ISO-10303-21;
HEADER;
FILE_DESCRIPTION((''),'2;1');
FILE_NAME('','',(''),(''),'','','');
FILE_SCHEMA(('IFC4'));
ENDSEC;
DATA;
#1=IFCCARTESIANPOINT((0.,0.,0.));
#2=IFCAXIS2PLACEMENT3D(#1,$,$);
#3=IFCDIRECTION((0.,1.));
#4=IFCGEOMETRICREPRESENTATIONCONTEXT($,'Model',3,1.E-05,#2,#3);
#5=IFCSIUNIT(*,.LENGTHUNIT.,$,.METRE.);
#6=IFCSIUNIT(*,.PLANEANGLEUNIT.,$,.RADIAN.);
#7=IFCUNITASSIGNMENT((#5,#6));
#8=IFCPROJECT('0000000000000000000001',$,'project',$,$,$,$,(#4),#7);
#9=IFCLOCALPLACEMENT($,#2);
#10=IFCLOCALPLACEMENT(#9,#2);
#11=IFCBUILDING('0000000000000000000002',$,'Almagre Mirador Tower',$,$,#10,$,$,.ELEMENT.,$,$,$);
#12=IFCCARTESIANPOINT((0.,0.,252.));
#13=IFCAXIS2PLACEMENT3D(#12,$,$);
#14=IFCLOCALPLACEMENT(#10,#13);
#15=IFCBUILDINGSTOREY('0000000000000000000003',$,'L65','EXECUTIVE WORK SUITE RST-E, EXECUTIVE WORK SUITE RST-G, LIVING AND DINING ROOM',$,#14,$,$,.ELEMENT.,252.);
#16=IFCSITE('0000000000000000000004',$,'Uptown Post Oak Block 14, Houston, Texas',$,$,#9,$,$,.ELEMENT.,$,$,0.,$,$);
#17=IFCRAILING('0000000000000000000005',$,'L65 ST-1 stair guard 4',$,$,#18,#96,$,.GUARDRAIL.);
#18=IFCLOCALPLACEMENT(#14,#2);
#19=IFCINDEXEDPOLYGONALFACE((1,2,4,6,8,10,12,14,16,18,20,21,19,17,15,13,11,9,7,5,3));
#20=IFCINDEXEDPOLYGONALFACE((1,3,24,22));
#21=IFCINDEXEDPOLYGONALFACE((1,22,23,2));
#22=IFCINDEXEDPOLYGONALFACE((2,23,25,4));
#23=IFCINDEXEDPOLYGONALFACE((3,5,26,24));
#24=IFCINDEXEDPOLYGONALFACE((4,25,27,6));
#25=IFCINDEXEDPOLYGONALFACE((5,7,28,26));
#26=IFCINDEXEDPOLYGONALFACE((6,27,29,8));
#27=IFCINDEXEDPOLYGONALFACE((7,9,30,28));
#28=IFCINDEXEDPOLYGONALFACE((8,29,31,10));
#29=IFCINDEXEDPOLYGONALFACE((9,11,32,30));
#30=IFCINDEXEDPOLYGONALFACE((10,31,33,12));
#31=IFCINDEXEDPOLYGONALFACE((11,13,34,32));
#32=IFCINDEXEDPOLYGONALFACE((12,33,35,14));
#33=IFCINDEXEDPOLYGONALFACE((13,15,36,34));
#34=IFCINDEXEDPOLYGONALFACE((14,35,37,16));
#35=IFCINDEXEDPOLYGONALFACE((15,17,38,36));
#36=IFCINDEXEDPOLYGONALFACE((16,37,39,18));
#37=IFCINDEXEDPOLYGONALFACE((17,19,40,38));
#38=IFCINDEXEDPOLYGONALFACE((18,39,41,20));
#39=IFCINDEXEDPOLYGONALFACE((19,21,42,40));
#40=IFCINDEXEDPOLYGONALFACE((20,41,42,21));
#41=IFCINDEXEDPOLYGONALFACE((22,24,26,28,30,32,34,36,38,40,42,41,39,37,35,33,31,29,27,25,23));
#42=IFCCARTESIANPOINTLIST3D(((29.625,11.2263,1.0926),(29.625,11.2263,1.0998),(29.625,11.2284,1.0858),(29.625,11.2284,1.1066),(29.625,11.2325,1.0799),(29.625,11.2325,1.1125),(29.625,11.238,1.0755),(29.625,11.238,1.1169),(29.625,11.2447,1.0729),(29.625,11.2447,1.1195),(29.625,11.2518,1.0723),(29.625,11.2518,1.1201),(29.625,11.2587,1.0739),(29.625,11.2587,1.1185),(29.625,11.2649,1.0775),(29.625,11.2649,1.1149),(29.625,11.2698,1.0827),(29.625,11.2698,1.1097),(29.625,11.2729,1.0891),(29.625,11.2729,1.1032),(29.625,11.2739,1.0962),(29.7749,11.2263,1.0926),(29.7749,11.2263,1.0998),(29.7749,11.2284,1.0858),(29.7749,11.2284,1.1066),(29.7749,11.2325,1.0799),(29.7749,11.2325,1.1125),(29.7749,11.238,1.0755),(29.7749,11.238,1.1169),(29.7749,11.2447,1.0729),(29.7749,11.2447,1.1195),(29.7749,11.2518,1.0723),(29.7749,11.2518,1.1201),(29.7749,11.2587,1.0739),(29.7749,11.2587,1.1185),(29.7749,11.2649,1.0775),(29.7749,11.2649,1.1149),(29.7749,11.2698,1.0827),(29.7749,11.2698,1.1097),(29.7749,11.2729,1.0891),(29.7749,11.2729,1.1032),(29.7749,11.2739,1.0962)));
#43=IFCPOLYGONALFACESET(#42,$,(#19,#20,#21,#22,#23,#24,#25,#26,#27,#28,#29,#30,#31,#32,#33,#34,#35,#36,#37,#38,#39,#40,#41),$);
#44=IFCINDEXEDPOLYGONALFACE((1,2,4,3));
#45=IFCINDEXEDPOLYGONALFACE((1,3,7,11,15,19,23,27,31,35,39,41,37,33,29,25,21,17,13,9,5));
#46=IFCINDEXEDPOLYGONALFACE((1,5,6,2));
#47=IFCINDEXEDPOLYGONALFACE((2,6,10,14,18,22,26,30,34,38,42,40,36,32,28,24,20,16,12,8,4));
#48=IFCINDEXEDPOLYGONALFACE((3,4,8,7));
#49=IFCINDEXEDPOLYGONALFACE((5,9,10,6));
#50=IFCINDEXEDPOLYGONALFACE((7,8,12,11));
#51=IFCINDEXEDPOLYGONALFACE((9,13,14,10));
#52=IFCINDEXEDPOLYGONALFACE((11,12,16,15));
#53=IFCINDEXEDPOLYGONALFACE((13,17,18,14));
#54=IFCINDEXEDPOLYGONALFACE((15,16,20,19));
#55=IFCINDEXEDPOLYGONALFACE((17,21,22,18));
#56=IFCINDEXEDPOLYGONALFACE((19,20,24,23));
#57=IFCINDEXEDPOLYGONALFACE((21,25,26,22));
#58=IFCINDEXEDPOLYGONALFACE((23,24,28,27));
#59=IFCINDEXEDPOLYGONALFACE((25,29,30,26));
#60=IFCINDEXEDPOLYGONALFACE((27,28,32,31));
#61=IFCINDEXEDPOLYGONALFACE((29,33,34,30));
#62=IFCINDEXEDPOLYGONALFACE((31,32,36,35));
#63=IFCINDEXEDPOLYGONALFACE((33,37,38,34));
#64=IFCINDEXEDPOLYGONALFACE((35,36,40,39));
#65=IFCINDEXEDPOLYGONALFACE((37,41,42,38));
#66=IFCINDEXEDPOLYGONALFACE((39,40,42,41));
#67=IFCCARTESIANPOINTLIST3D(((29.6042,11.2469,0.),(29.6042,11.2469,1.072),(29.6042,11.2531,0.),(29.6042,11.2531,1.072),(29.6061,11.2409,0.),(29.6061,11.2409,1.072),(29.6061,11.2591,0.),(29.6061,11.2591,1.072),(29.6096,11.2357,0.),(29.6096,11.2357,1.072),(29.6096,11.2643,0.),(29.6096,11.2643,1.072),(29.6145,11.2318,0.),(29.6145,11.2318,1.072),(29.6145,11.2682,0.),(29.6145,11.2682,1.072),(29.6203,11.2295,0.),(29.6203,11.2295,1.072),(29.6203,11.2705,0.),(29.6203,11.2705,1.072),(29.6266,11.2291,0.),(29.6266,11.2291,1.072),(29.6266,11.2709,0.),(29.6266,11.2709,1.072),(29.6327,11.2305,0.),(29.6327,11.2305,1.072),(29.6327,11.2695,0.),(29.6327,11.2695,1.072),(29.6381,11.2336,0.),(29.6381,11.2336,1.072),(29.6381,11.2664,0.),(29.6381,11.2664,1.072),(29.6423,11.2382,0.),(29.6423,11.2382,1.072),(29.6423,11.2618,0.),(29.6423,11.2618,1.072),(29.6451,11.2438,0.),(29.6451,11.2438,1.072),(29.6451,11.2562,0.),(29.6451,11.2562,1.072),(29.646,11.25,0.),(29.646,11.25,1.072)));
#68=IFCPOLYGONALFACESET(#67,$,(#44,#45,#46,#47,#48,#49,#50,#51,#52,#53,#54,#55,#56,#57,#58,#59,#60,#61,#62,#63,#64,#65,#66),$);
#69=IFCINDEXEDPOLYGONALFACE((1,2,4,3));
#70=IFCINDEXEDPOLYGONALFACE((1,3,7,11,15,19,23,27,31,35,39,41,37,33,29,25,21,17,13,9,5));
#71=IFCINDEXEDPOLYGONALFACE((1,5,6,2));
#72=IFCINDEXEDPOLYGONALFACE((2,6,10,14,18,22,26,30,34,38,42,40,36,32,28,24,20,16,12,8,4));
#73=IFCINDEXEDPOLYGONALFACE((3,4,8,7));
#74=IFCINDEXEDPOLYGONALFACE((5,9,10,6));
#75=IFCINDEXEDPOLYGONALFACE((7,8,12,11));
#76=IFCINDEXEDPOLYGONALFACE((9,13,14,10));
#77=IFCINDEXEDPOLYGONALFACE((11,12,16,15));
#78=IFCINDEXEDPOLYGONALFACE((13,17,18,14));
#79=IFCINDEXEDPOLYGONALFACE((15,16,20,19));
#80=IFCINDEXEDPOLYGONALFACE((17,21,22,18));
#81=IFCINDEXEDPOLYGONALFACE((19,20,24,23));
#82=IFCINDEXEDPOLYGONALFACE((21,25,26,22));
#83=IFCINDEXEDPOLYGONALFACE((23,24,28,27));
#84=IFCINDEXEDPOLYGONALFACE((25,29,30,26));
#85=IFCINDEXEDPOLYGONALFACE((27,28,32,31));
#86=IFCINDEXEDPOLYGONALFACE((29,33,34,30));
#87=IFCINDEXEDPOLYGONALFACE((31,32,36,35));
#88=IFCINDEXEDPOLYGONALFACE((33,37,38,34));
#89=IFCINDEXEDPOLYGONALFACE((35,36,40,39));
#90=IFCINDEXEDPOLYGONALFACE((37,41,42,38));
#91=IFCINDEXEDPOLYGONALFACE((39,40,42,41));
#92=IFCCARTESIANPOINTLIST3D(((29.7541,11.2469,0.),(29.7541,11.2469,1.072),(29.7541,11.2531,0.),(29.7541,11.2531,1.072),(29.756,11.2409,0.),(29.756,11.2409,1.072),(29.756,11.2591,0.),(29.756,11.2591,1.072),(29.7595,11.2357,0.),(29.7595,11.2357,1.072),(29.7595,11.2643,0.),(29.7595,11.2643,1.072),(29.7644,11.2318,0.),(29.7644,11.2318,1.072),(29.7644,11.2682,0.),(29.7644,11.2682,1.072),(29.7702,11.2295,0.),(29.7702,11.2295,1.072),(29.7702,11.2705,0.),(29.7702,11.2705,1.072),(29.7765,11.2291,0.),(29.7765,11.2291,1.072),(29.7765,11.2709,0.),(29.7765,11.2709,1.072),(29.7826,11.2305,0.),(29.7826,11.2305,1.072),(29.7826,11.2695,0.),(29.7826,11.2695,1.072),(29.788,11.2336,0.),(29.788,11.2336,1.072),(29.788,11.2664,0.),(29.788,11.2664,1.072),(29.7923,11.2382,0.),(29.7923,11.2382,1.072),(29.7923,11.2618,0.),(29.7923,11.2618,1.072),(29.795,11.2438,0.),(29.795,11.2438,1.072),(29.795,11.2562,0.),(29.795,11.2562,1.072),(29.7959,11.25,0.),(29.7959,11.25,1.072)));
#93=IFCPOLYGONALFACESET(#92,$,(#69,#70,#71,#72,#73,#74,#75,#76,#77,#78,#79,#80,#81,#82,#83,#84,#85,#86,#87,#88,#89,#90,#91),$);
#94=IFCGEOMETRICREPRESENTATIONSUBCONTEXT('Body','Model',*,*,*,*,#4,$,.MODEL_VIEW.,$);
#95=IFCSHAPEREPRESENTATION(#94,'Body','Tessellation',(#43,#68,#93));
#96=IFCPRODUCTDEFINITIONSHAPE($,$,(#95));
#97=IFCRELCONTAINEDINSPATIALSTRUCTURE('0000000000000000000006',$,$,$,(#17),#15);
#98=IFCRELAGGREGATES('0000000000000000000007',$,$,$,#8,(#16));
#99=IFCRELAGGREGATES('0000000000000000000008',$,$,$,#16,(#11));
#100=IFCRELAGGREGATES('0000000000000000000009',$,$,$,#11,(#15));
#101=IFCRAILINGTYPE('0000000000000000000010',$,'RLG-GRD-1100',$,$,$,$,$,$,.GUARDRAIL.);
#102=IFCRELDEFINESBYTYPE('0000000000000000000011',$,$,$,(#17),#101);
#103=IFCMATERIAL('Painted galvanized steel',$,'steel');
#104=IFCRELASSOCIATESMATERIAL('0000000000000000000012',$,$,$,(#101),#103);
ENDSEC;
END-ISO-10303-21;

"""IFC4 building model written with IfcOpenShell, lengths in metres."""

from ifc_helpers import new_model, si_unit, direction, frame, origin, origin_2d, place, context, subcontext, project, spatial, circle, extrude, material, type_object, element, save


model = new_model("IFC4")

# Units and contexts
model_context = context("Model", 3, precision=1e-05, world=origin(), true_north=direction((0.0, 1.0)))
body_context = subcontext(model_context, "Body", "Model", "MODEL_VIEW")
ifc_project = project(units=[si_unit("LENGTHUNIT", "METRE"), si_unit("PLANEANGLEUNIT", "RADIAN")], contexts=[model_context])

# Site, building, storey
site_placement = place(None, origin())
site = spatial("IfcSite", under=ifc_project, at=site_placement, Name="Uptown Post Oak Block 14, Houston, Texas", CompositionType="ELEMENT", RefElevation=0.0)
building_placement = place(site_placement, origin())
building = spatial("IfcBuilding", under=site, at=building_placement, Name="Almagre Mirador Tower", CompositionType="ELEMENT")
storey_placement = place(building_placement, frame((0.0, 0.0, 252.0)))
storey = spatial("IfcBuildingStorey", under=building, at=storey_placement, Name="L65", Description="EXECUTIVE WORK SUITE RST-E, EXECUTIVE WORK SUITE RST-G, LIVING AND DINING ROOM", CompositionType="ELEMENT", Elevation=252.0)

# Railing
ifc_material_1 = material(Name="Painted galvanized steel", Category="steel")
railing_type_1 = type_object("IfcRailingType", Name="RLG-GRD-1100", PredefinedType="GUARDRAIL", material=ifc_material_1)
railing_1_placement = place(storey_placement, frame((29.625, 11.25, 0.0)))
element("IfcRailing", 1, at=railing_1_placement, inside=storey, type_object=railing_type_1, Name="L65 ST-1 stair guard 4", PredefinedType="GUARDRAIL", context=body_context, shape_type="SweptSolid", body=[
    extrude(circle(Radius=0.0239, at=origin_2d()), frame((0.0, 0.0, 1.0962), z_axis=(1.0, 0.0, 0.0), x_axis=(0.0, 1.0, 0.0)), (0.0, 0.0, 1.0), 0.1499),
    extrude(circle(Radius=0.021, at=origin_2d()), origin(), (0.0, 0.0, 1.0), 1.072),
    extrude(circle(Radius=0.021, at=origin_2d()), frame((0.1499, 0.0, 0.0)), (0.0, 0.0, 1.0), 1.072),
])

save(model, "model.ifc")
